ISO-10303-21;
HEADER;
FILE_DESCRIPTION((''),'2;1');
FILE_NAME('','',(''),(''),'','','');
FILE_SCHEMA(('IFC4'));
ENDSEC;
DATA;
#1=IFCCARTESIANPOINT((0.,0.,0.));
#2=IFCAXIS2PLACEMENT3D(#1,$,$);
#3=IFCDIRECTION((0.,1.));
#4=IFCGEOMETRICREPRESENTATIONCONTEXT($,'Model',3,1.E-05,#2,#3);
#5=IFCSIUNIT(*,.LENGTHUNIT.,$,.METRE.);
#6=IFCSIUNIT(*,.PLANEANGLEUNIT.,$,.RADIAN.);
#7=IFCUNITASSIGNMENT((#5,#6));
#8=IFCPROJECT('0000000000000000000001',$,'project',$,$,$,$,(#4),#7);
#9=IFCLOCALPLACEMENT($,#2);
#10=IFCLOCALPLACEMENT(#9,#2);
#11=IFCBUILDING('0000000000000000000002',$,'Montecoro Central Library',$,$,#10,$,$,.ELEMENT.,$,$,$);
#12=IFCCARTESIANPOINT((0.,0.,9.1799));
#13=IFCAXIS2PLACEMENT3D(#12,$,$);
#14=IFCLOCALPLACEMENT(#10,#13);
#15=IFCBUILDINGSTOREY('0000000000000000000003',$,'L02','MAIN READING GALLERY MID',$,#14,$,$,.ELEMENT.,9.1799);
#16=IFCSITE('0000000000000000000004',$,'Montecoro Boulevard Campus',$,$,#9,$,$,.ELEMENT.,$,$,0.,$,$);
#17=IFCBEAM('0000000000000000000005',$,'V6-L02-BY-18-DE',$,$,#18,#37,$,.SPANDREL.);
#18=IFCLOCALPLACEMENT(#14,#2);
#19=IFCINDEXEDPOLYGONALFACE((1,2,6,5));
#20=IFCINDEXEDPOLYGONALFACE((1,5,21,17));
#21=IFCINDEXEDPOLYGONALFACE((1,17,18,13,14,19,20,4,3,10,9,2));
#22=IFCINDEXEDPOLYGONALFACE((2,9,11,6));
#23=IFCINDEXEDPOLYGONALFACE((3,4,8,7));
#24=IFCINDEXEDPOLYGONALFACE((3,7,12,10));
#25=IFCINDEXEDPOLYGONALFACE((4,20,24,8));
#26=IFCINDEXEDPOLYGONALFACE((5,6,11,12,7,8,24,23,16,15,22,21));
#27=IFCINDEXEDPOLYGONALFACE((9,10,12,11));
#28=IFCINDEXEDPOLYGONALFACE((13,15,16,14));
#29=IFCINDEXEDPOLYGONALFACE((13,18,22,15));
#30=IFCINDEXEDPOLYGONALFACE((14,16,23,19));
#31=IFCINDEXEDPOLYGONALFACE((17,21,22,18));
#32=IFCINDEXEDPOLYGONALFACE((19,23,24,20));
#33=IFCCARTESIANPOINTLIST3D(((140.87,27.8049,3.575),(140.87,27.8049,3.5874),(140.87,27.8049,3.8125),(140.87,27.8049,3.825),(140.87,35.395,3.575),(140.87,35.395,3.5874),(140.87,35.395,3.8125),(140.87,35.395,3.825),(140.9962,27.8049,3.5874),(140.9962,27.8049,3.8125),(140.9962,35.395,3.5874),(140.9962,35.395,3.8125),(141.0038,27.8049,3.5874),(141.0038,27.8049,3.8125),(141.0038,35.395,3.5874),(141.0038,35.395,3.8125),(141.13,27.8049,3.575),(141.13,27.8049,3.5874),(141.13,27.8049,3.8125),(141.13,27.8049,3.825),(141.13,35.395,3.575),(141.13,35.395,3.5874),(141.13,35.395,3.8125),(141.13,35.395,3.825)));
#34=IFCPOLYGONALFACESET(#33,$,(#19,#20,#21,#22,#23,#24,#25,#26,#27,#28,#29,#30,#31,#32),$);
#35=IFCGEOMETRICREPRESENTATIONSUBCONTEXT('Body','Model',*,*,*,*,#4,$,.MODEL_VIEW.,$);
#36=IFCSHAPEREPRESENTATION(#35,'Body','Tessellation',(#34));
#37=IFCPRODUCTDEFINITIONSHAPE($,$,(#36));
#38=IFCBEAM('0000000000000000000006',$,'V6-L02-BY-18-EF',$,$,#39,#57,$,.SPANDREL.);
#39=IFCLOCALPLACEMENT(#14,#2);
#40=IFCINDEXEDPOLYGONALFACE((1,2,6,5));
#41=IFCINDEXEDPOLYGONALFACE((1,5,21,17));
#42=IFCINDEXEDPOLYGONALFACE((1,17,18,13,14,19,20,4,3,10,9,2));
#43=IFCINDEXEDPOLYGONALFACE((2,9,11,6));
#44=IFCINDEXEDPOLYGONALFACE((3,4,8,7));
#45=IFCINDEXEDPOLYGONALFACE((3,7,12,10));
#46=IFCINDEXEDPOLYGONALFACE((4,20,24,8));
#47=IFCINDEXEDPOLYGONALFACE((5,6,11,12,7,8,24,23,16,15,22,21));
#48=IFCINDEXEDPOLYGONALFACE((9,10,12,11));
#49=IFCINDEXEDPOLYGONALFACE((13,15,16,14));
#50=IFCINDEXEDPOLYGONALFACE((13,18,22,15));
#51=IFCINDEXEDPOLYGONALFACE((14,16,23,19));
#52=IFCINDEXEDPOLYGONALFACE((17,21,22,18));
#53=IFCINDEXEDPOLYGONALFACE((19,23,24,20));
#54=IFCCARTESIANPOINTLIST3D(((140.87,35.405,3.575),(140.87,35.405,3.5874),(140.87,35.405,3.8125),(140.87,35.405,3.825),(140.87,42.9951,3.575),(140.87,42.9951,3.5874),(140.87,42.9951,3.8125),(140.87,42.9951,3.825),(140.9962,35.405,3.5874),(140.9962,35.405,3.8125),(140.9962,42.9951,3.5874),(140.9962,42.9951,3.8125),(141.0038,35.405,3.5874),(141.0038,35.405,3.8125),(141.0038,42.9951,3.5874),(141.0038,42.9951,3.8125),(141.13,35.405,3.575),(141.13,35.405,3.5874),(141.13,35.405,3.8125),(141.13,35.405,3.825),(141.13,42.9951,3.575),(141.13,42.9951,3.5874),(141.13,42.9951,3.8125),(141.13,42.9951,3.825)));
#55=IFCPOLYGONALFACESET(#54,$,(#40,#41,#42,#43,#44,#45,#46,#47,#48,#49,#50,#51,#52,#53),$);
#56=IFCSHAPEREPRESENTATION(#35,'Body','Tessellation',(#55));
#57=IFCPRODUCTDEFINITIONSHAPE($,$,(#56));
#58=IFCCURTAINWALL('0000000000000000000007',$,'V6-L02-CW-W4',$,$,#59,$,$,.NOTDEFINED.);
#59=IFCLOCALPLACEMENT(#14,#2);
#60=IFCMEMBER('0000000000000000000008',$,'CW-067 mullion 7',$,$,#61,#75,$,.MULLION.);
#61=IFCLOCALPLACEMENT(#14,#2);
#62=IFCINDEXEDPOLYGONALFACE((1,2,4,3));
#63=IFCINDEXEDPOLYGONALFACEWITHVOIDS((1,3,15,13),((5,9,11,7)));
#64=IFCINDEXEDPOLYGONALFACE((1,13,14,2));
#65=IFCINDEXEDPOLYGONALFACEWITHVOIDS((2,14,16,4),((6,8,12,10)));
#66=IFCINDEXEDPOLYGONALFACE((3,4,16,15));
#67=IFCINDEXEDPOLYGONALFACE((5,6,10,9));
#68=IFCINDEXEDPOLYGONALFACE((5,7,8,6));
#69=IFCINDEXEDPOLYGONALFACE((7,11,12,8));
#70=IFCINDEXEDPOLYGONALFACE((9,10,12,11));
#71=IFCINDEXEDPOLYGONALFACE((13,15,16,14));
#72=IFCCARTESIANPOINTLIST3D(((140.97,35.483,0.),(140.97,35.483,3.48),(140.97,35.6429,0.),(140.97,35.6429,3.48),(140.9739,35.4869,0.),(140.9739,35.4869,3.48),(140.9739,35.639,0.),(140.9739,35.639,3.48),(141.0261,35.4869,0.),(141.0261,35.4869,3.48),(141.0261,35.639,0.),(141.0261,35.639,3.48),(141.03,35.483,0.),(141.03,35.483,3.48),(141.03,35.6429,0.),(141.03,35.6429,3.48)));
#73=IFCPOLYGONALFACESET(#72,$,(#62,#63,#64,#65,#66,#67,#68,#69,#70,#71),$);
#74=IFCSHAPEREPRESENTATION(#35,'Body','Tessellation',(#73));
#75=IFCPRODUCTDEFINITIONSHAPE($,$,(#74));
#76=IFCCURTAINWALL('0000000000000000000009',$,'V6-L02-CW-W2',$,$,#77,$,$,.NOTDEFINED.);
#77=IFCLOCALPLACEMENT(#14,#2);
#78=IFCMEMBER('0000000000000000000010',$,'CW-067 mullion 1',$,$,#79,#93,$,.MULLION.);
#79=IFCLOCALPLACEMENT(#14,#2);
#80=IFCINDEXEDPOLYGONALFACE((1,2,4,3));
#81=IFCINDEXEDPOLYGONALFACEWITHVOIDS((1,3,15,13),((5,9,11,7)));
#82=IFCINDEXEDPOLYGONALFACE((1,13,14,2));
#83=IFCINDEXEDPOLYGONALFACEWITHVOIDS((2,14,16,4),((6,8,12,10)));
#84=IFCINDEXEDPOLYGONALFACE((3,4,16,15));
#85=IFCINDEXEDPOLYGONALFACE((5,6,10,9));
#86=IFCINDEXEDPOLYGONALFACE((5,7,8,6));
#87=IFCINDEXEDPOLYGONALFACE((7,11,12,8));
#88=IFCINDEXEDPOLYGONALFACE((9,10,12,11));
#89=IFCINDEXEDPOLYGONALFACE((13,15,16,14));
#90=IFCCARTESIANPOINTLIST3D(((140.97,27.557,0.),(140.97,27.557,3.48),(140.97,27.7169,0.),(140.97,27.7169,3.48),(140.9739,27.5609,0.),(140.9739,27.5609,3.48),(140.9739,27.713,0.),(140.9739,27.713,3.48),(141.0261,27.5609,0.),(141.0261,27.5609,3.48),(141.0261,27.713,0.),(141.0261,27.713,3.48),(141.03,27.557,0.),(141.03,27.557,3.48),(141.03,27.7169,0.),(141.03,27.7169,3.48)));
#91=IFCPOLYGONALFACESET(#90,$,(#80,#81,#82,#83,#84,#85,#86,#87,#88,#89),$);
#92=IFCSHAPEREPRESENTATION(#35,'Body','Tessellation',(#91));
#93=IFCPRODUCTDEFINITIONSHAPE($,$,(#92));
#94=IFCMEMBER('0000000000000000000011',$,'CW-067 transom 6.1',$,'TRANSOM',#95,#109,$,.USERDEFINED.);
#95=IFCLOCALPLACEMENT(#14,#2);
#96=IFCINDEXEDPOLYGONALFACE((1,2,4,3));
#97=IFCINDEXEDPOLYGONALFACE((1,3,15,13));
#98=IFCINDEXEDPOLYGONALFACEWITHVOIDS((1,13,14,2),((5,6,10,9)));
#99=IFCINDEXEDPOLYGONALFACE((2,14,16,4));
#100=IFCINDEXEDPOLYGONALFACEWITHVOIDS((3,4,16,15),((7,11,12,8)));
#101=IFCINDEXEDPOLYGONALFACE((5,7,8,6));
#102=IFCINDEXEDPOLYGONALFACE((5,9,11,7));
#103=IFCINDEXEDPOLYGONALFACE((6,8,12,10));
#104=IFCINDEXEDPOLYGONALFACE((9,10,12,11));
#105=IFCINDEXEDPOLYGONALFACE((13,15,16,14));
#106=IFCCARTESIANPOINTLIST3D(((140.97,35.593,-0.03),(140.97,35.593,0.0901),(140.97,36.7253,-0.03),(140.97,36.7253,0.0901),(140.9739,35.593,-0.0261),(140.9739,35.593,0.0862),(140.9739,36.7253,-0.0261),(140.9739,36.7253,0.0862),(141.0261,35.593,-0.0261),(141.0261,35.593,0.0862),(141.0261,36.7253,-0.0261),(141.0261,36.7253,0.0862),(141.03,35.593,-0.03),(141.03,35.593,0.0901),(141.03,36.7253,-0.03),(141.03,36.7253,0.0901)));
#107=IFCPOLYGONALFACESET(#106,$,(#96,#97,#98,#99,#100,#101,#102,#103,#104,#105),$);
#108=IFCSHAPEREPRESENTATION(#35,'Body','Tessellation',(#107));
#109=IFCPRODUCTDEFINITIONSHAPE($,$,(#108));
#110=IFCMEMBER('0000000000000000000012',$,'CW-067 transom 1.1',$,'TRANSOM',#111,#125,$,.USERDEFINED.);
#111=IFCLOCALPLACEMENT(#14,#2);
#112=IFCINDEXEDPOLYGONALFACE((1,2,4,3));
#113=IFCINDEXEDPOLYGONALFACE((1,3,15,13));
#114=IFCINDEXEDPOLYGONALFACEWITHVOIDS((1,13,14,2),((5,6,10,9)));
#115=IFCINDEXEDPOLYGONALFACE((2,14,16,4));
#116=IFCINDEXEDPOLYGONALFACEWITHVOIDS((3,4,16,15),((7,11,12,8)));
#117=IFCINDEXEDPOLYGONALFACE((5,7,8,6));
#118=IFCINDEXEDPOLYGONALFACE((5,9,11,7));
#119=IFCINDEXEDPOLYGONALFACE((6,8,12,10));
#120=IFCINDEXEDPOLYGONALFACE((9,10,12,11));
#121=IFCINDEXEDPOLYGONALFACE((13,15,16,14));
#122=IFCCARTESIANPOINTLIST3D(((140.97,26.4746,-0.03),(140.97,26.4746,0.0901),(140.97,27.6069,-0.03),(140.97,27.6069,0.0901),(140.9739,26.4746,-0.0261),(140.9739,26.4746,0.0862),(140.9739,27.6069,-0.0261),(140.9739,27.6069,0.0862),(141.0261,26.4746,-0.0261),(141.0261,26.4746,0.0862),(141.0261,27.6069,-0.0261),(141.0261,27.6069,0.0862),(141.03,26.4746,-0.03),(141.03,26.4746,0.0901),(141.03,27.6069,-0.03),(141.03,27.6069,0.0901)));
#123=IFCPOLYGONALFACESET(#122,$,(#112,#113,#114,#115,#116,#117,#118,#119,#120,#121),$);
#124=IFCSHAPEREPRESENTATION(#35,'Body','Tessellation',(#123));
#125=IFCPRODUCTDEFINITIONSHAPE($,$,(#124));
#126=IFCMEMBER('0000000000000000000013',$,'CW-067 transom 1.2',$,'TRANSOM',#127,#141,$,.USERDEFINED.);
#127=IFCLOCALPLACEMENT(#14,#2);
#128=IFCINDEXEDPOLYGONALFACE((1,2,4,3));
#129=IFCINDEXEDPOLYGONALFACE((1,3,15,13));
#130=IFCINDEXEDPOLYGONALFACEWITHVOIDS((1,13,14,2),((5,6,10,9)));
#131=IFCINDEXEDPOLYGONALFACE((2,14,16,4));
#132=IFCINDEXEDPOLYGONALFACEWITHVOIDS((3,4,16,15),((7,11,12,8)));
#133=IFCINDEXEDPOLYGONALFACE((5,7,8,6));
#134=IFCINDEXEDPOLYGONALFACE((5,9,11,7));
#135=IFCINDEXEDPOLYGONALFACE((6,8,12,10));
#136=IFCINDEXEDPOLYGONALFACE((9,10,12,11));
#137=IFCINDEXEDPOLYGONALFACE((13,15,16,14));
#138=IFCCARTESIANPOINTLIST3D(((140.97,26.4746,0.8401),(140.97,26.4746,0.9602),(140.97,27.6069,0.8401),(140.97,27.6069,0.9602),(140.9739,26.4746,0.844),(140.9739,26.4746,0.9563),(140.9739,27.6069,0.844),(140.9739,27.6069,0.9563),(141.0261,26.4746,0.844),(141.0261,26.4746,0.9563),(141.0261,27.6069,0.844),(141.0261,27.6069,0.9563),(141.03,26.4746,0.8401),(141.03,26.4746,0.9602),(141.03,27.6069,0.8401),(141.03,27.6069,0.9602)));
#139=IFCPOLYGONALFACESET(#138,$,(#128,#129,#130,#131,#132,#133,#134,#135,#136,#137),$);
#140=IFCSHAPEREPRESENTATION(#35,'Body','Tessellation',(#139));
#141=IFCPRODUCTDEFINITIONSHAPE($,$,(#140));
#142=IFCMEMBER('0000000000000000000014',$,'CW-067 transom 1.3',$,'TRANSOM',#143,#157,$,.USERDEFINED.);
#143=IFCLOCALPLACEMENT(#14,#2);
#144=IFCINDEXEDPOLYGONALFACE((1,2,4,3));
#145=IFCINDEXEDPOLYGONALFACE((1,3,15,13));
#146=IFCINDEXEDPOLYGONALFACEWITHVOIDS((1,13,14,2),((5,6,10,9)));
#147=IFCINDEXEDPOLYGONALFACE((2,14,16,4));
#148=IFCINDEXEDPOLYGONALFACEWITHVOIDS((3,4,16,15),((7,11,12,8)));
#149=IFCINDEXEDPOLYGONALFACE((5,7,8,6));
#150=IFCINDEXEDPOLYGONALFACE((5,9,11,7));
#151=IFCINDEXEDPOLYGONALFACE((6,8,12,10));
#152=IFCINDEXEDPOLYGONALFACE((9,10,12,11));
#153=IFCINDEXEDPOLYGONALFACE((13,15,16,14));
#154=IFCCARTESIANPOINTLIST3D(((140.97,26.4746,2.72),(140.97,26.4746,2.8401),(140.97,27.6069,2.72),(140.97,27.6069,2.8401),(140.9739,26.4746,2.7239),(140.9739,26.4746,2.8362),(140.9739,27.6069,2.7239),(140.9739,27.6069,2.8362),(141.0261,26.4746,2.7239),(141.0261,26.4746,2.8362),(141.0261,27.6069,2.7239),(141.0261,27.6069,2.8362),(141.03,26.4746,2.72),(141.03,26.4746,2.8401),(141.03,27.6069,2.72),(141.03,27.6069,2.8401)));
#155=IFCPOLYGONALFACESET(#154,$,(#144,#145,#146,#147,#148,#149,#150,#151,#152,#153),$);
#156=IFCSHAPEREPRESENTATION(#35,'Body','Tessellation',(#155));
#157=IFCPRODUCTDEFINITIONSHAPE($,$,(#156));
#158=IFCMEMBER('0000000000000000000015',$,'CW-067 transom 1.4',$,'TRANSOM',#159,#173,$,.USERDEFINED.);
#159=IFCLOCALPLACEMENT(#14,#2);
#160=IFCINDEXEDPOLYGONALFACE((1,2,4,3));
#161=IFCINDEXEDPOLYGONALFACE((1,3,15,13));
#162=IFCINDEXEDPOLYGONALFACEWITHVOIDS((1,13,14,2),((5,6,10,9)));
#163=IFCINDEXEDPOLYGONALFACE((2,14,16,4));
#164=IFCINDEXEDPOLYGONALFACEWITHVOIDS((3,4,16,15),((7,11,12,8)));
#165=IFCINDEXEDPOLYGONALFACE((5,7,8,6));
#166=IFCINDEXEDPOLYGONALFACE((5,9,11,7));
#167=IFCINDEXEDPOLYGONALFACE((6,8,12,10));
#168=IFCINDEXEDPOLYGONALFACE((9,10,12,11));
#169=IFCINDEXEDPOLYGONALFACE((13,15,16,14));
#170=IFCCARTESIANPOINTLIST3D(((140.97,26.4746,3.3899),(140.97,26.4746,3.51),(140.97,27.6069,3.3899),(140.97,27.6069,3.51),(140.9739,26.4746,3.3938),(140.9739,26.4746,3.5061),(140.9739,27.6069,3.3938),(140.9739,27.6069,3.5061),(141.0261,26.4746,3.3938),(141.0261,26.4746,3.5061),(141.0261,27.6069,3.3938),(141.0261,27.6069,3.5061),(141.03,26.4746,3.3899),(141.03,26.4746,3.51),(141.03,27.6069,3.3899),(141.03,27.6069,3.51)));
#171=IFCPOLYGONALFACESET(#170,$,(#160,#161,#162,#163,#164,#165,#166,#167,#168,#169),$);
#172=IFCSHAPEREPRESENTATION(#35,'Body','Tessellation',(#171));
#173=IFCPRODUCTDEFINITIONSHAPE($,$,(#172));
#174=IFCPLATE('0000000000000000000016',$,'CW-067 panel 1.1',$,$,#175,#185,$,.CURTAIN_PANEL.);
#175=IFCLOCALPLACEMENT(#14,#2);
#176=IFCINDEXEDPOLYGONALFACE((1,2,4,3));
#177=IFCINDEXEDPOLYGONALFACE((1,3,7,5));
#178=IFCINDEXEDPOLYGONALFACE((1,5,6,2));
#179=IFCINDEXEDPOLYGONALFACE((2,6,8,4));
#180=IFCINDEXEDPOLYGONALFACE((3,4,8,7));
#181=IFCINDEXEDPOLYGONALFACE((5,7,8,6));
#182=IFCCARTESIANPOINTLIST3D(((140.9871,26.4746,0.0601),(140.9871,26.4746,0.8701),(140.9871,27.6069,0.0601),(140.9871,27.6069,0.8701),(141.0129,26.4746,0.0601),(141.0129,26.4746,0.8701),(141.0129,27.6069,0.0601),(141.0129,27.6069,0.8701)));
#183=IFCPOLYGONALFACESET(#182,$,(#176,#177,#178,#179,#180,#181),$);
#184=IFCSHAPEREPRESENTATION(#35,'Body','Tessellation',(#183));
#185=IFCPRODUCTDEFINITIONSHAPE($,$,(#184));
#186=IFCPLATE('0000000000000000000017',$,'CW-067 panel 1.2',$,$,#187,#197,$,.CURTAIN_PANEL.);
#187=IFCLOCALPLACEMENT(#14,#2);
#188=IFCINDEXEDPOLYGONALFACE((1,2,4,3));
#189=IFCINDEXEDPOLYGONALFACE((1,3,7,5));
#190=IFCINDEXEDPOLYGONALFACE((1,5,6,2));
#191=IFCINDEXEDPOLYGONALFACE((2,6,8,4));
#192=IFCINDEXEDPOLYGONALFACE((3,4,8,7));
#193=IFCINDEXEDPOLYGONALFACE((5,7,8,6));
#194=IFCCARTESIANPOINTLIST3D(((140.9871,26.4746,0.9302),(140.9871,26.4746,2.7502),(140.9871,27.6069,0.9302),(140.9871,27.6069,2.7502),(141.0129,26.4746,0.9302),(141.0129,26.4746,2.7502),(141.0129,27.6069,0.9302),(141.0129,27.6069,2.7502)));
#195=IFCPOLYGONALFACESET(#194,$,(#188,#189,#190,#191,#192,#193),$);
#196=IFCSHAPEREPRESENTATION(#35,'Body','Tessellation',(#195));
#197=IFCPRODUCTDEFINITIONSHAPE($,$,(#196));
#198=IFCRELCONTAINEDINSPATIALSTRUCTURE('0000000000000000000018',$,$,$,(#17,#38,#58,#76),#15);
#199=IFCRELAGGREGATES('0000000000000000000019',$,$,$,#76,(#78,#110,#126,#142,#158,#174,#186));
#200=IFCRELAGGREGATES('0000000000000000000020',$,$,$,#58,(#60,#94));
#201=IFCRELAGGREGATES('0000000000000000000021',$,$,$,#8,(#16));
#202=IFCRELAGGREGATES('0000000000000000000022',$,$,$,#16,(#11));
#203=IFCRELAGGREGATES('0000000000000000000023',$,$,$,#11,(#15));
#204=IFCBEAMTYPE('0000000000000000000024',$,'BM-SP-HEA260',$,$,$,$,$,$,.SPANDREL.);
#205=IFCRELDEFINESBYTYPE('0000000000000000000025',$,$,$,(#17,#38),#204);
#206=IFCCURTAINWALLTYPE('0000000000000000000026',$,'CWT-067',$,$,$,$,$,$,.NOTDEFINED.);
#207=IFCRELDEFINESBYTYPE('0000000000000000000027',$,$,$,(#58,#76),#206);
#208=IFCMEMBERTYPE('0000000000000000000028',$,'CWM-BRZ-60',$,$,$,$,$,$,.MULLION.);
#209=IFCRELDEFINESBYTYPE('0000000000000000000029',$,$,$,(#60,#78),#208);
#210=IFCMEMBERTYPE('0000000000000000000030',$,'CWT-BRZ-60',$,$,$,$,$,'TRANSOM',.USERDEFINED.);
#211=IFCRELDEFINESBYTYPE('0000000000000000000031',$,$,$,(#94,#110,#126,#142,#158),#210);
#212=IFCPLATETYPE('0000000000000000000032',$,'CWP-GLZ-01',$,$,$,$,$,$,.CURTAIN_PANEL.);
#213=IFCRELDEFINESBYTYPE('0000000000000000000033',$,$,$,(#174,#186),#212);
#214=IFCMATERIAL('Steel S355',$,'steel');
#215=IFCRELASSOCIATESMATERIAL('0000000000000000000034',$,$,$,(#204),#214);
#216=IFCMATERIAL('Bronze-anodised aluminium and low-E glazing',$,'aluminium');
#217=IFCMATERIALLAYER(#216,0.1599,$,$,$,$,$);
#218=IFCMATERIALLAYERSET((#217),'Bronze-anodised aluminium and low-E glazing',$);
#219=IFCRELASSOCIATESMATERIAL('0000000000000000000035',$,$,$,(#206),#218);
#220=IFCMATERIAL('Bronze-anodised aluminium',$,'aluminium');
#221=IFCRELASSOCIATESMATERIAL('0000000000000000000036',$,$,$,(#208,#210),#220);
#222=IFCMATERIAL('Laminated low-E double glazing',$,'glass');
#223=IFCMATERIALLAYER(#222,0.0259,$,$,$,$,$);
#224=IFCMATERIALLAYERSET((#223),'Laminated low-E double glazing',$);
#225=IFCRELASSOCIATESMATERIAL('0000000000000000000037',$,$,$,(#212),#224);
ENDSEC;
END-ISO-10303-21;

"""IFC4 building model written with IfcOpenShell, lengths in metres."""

from ifc_helpers import new_model, si_unit, direction, frame, origin, origin_2d, place, context, subcontext, project, spatial, rectangle, hollow_rectangle, i_section, extrude, material, layer, layer_set, material_profile, profile_set, type_object, element, aggregate, save


model = new_model("IFC4")

# Units and contexts
model_context = context("Model", 3, precision=1e-05, world=origin(), true_north=direction((0.0, 1.0)))
body_context = subcontext(model_context, "Body", "Model", "MODEL_VIEW")
ifc_project = project(units=[si_unit("LENGTHUNIT", "METRE"), si_unit("PLANEANGLEUNIT", "RADIAN")], contexts=[model_context])

# Site, building, storey
site_placement = place(None, origin())
site = spatial("IfcSite", under=ifc_project, at=site_placement, Name="Montecoro Boulevard Campus", CompositionType="ELEMENT", RefElevation=0.0)
building_placement = place(site_placement, origin())
building = spatial("IfcBuilding", under=site, at=building_placement, Name="Montecoro Central Library", CompositionType="ELEMENT")
storey_placement = place(building_placement, frame((0.0, 0.0, 9.1799)))
storey = spatial("IfcBuildingStorey", under=building, at=storey_placement, Name="L02", Description="MAIN READING GALLERY MID", CompositionType="ELEMENT", Elevation=9.1799)

# Shared definitions
ifc_material_1 = material(Name="Steel S355", Category="steel")

# Beams
ifc_material_profile_1 = material_profile(ifc_material_1, i_section(OverallWidth=0.26, OverallDepth=0.25, WebThickness=0.0076, FlangeThickness=0.0125, at=origin_2d()), Name="HEA 260")
ifc_profile_set_1 = profile_set([ifc_material_profile_1], Name="Steel S355")
beam_type_1 = type_object("IfcBeamType", Name="BM-SP-HEA260", PredefinedType="SPANDREL", material=ifc_profile_set_1)
for number, where, z_axis, x_axis, name in (
    (1, (141.0, 27.8049, 3.7), (0.0, 1.0, 0.0), (-1.0, 0.0, 0.0), "V6-L02-BY-18-DE"),
    (2, (141.0, 35.405, 3.7), (0.0, 1.0, 0.0), (-1.0, 0.0, 0.0), "V6-L02-BY-18-EF"),
):
    element("IfcBeam", number, at=place(storey_placement, frame(where, z_axis=z_axis, x_axis=x_axis)), inside=storey, type_object=beam_type_1, Name=name, PredefinedType="SPANDREL", context=body_context, shape_type="SweptSolid", body=[
        extrude(i_section(OverallWidth=0.26, OverallDepth=0.25, WebThickness=0.0076, FlangeThickness=0.0125, at=origin_2d()), origin(), (0.0, 0.0, 1.0), 7.5901),
    ])

# Curtain walls, members
ifc_material_2 = material(Name="Bronze-anodised aluminium and low-E glazing", Category="aluminium")
ifc_layer_1 = layer(ifc_material_2, 0.1599)
ifc_layer_set_1 = layer_set([ifc_layer_1], Name="Bronze-anodised aluminium and low-E glazing")
curtain_wall_type = type_object("IfcCurtainWallType", Name="CWT-067", PredefinedType="NOTDEFINED", material=ifc_layer_set_1)
curtain_wall_1_placement = place(storey_placement, origin())
curtain_wall_1 = element("IfcCurtainWall", 3, at=curtain_wall_1_placement, inside=storey, type_object=curtain_wall_type, Name="V6-L02-CW-W4", PredefinedType="NOTDEFINED")
ifc_material_3 = material(Name="Bronze-anodised aluminium", Category="aluminium")
ifc_material_profile_2 = material_profile(ifc_material_3, hollow_rectangle(XDim=0.0601, YDim=0.1599, WallThickness=0.0039, at=origin_2d()), Name="CWM 160x60x4.0")
ifc_profile_set_2 = profile_set([ifc_material_profile_2], Name="Bronze-anodised aluminium")
member_type_1 = type_object("IfcMemberType", Name="CWM-BRZ-60", PredefinedType="MULLION", material=ifc_profile_set_2)
member_1_placement = place(storey_placement, frame((141.0, 35.563, 0.0), z_axis=(0.0, 0.0, 1.0), x_axis=(1.0, 0.0, 0.0)))
member_1 = element("IfcMember", 4, at=member_1_placement, type_object=member_type_1, Name="CW-067 mullion 7", PredefinedType="MULLION", context=body_context, shape_type="SweptSolid", body=[
    extrude(hollow_rectangle(XDim=0.0601, YDim=0.1599, WallThickness=0.0039, at=origin_2d()), origin(), (0.0, 0.0, 1.0), 3.48),
])
curtain_wall_2_placement = place(storey_placement, origin())
curtain_wall_2 = element("IfcCurtainWall", 5, at=curtain_wall_2_placement, inside=storey, type_object=curtain_wall_type, Name="V6-L02-CW-W2", PredefinedType="NOTDEFINED")
member_2_placement = place(storey_placement, frame((141.0, 27.637, 0.0), z_axis=(0.0, 0.0, 1.0), x_axis=(1.0, 0.0, 0.0)))
member_2 = element("IfcMember", 6, at=member_2_placement, type_object=member_type_1, Name="CW-067 mullion 1", PredefinedType="MULLION", context=body_context, shape_type="SweptSolid", body=[
    extrude(hollow_rectangle(XDim=0.0601, YDim=0.1599, WallThickness=0.0039, at=origin_2d()), origin(), (0.0, 0.0, 1.0), 3.48),
])

# Members
ifc_material_profile_3 = material_profile(ifc_material_3, hollow_rectangle(XDim=0.0601, YDim=0.1201, WallThickness=0.0039, at=origin_2d()), Name="CWT 120x60x4.0")
ifc_profile_set_3 = profile_set([ifc_material_profile_3], Name="Bronze-anodised aluminium")
member_type_2 = type_object("IfcMemberType", Name="CWT-BRZ-60", ElementType="TRANSOM", PredefinedType="USERDEFINED", material=ifc_profile_set_3)
member_3_placement = place(storey_placement, frame((141.0, 36.7253, 0.03), z_axis=(0.0, -1.0, 0.0), x_axis=(1.0, 0.0, 0.0)))
member_3 = element("IfcMember", 7, at=member_3_placement, type_object=member_type_2, Name="CW-067 transom 6.1", ObjectType="TRANSOM", PredefinedType="USERDEFINED", context=body_context, shape_type="SweptSolid", body=[
    extrude(hollow_rectangle(XDim=0.0601, YDim=0.1201, WallThickness=0.0039, at=origin_2d()), origin(), (0.0, 0.0, 1.0), 1.1323),
])
member_4_placement = place(storey_placement, frame((141.0, 27.6069, 0.03), z_axis=(0.0, -1.0, 0.0), x_axis=(1.0, 0.0, 0.0)))
member_4 = element("IfcMember", 8, at=member_4_placement, type_object=member_type_2, Name="CW-067 transom 1.1", ObjectType="TRANSOM", PredefinedType="USERDEFINED", context=body_context, shape_type="SweptSolid", body=[
    extrude(hollow_rectangle(XDim=0.0601, YDim=0.1201, WallThickness=0.0039, at=origin_2d()), origin(), (0.0, 0.0, 1.0), 1.1323),
])
member_5_placement = place(storey_placement, frame((141.0, 27.6069, 0.9001), z_axis=(0.0, -1.0, 0.0), x_axis=(1.0, 0.0, 0.0)))
member_5 = element("IfcMember", 9, at=member_5_placement, type_object=member_type_2, Name="CW-067 transom 1.2", ObjectType="TRANSOM", PredefinedType="USERDEFINED", context=body_context, shape_type="SweptSolid", body=[
    extrude(hollow_rectangle(XDim=0.0601, YDim=0.1201, WallThickness=0.0039, at=origin_2d()), origin(), (0.0, 0.0, 1.0), 1.1323),
])
member_6_placement = place(storey_placement, frame((141.0, 27.6069, 2.78), z_axis=(0.0, -1.0, 0.0), x_axis=(1.0, 0.0, 0.0)))
member_6 = element("IfcMember", 10, at=member_6_placement, type_object=member_type_2, Name="CW-067 transom 1.3", ObjectType="TRANSOM", PredefinedType="USERDEFINED", context=body_context, shape_type="SweptSolid", body=[
    extrude(hollow_rectangle(XDim=0.0601, YDim=0.1201, WallThickness=0.0039, at=origin_2d()), origin(), (0.0, 0.0, 1.0), 1.1323),
])
member_7_placement = place(storey_placement, frame((141.0, 27.6069, 3.45), z_axis=(0.0, -1.0, 0.0), x_axis=(1.0, 0.0, 0.0)))
member_7 = element("IfcMember", 11, at=member_7_placement, type_object=member_type_2, Name="CW-067 transom 1.4", ObjectType="TRANSOM", PredefinedType="USERDEFINED", context=body_context, shape_type="SweptSolid", body=[
    extrude(hollow_rectangle(XDim=0.0601, YDim=0.1201, WallThickness=0.0039, at=origin_2d()), origin(), (0.0, 0.0, 1.0), 1.1323),
])

# Plates
ifc_material_4 = material(Name="Laminated low-E double glazing", Category="glass")
ifc_layer_2 = layer(ifc_material_4, 0.0259)
ifc_layer_set_2 = layer_set([ifc_layer_2], Name="Laminated low-E double glazing")
plate_type_1 = type_object("IfcPlateType", Name="CWP-GLZ-01", PredefinedType="CURTAIN_PANEL", material=ifc_layer_set_2)
plate_1_placement = place(storey_placement, frame((141.0, 27.0408, 0.0601), z_axis=(0.0, 0.0, 1.0), x_axis=(0.0, -1.0, 0.0)))
plate_1 = element("IfcPlate", 12, at=plate_1_placement, type_object=plate_type_1, Name="CW-067 panel 1.1", PredefinedType="CURTAIN_PANEL", context=body_context, shape_type="SweptSolid", body=[
    extrude(rectangle(XDim=1.1323, YDim=0.0259, at=origin_2d()), origin(), (0.0, 0.0, 1.0), 0.8101),
])
plate_2_placement = place(storey_placement, frame((141.0, 27.0408, 0.9302), z_axis=(0.0, 0.0, 1.0), x_axis=(0.0, -1.0, 0.0)))
plate_2 = element("IfcPlate", 13, at=plate_2_placement, type_object=plate_type_1, Name="CW-067 panel 1.2", PredefinedType="CURTAIN_PANEL", context=body_context, shape_type="SweptSolid", body=[
    extrude(rectangle(XDim=1.1323, YDim=0.0259, at=origin_2d()), origin(), (0.0, 0.0, 1.0), 1.8201),
])
aggregate(curtain_wall_2, [member_2, member_4, member_5, member_6, member_7, plate_1, plate_2])
aggregate(curtain_wall_1, [member_1, member_3])

save(model, "model.ifc")
